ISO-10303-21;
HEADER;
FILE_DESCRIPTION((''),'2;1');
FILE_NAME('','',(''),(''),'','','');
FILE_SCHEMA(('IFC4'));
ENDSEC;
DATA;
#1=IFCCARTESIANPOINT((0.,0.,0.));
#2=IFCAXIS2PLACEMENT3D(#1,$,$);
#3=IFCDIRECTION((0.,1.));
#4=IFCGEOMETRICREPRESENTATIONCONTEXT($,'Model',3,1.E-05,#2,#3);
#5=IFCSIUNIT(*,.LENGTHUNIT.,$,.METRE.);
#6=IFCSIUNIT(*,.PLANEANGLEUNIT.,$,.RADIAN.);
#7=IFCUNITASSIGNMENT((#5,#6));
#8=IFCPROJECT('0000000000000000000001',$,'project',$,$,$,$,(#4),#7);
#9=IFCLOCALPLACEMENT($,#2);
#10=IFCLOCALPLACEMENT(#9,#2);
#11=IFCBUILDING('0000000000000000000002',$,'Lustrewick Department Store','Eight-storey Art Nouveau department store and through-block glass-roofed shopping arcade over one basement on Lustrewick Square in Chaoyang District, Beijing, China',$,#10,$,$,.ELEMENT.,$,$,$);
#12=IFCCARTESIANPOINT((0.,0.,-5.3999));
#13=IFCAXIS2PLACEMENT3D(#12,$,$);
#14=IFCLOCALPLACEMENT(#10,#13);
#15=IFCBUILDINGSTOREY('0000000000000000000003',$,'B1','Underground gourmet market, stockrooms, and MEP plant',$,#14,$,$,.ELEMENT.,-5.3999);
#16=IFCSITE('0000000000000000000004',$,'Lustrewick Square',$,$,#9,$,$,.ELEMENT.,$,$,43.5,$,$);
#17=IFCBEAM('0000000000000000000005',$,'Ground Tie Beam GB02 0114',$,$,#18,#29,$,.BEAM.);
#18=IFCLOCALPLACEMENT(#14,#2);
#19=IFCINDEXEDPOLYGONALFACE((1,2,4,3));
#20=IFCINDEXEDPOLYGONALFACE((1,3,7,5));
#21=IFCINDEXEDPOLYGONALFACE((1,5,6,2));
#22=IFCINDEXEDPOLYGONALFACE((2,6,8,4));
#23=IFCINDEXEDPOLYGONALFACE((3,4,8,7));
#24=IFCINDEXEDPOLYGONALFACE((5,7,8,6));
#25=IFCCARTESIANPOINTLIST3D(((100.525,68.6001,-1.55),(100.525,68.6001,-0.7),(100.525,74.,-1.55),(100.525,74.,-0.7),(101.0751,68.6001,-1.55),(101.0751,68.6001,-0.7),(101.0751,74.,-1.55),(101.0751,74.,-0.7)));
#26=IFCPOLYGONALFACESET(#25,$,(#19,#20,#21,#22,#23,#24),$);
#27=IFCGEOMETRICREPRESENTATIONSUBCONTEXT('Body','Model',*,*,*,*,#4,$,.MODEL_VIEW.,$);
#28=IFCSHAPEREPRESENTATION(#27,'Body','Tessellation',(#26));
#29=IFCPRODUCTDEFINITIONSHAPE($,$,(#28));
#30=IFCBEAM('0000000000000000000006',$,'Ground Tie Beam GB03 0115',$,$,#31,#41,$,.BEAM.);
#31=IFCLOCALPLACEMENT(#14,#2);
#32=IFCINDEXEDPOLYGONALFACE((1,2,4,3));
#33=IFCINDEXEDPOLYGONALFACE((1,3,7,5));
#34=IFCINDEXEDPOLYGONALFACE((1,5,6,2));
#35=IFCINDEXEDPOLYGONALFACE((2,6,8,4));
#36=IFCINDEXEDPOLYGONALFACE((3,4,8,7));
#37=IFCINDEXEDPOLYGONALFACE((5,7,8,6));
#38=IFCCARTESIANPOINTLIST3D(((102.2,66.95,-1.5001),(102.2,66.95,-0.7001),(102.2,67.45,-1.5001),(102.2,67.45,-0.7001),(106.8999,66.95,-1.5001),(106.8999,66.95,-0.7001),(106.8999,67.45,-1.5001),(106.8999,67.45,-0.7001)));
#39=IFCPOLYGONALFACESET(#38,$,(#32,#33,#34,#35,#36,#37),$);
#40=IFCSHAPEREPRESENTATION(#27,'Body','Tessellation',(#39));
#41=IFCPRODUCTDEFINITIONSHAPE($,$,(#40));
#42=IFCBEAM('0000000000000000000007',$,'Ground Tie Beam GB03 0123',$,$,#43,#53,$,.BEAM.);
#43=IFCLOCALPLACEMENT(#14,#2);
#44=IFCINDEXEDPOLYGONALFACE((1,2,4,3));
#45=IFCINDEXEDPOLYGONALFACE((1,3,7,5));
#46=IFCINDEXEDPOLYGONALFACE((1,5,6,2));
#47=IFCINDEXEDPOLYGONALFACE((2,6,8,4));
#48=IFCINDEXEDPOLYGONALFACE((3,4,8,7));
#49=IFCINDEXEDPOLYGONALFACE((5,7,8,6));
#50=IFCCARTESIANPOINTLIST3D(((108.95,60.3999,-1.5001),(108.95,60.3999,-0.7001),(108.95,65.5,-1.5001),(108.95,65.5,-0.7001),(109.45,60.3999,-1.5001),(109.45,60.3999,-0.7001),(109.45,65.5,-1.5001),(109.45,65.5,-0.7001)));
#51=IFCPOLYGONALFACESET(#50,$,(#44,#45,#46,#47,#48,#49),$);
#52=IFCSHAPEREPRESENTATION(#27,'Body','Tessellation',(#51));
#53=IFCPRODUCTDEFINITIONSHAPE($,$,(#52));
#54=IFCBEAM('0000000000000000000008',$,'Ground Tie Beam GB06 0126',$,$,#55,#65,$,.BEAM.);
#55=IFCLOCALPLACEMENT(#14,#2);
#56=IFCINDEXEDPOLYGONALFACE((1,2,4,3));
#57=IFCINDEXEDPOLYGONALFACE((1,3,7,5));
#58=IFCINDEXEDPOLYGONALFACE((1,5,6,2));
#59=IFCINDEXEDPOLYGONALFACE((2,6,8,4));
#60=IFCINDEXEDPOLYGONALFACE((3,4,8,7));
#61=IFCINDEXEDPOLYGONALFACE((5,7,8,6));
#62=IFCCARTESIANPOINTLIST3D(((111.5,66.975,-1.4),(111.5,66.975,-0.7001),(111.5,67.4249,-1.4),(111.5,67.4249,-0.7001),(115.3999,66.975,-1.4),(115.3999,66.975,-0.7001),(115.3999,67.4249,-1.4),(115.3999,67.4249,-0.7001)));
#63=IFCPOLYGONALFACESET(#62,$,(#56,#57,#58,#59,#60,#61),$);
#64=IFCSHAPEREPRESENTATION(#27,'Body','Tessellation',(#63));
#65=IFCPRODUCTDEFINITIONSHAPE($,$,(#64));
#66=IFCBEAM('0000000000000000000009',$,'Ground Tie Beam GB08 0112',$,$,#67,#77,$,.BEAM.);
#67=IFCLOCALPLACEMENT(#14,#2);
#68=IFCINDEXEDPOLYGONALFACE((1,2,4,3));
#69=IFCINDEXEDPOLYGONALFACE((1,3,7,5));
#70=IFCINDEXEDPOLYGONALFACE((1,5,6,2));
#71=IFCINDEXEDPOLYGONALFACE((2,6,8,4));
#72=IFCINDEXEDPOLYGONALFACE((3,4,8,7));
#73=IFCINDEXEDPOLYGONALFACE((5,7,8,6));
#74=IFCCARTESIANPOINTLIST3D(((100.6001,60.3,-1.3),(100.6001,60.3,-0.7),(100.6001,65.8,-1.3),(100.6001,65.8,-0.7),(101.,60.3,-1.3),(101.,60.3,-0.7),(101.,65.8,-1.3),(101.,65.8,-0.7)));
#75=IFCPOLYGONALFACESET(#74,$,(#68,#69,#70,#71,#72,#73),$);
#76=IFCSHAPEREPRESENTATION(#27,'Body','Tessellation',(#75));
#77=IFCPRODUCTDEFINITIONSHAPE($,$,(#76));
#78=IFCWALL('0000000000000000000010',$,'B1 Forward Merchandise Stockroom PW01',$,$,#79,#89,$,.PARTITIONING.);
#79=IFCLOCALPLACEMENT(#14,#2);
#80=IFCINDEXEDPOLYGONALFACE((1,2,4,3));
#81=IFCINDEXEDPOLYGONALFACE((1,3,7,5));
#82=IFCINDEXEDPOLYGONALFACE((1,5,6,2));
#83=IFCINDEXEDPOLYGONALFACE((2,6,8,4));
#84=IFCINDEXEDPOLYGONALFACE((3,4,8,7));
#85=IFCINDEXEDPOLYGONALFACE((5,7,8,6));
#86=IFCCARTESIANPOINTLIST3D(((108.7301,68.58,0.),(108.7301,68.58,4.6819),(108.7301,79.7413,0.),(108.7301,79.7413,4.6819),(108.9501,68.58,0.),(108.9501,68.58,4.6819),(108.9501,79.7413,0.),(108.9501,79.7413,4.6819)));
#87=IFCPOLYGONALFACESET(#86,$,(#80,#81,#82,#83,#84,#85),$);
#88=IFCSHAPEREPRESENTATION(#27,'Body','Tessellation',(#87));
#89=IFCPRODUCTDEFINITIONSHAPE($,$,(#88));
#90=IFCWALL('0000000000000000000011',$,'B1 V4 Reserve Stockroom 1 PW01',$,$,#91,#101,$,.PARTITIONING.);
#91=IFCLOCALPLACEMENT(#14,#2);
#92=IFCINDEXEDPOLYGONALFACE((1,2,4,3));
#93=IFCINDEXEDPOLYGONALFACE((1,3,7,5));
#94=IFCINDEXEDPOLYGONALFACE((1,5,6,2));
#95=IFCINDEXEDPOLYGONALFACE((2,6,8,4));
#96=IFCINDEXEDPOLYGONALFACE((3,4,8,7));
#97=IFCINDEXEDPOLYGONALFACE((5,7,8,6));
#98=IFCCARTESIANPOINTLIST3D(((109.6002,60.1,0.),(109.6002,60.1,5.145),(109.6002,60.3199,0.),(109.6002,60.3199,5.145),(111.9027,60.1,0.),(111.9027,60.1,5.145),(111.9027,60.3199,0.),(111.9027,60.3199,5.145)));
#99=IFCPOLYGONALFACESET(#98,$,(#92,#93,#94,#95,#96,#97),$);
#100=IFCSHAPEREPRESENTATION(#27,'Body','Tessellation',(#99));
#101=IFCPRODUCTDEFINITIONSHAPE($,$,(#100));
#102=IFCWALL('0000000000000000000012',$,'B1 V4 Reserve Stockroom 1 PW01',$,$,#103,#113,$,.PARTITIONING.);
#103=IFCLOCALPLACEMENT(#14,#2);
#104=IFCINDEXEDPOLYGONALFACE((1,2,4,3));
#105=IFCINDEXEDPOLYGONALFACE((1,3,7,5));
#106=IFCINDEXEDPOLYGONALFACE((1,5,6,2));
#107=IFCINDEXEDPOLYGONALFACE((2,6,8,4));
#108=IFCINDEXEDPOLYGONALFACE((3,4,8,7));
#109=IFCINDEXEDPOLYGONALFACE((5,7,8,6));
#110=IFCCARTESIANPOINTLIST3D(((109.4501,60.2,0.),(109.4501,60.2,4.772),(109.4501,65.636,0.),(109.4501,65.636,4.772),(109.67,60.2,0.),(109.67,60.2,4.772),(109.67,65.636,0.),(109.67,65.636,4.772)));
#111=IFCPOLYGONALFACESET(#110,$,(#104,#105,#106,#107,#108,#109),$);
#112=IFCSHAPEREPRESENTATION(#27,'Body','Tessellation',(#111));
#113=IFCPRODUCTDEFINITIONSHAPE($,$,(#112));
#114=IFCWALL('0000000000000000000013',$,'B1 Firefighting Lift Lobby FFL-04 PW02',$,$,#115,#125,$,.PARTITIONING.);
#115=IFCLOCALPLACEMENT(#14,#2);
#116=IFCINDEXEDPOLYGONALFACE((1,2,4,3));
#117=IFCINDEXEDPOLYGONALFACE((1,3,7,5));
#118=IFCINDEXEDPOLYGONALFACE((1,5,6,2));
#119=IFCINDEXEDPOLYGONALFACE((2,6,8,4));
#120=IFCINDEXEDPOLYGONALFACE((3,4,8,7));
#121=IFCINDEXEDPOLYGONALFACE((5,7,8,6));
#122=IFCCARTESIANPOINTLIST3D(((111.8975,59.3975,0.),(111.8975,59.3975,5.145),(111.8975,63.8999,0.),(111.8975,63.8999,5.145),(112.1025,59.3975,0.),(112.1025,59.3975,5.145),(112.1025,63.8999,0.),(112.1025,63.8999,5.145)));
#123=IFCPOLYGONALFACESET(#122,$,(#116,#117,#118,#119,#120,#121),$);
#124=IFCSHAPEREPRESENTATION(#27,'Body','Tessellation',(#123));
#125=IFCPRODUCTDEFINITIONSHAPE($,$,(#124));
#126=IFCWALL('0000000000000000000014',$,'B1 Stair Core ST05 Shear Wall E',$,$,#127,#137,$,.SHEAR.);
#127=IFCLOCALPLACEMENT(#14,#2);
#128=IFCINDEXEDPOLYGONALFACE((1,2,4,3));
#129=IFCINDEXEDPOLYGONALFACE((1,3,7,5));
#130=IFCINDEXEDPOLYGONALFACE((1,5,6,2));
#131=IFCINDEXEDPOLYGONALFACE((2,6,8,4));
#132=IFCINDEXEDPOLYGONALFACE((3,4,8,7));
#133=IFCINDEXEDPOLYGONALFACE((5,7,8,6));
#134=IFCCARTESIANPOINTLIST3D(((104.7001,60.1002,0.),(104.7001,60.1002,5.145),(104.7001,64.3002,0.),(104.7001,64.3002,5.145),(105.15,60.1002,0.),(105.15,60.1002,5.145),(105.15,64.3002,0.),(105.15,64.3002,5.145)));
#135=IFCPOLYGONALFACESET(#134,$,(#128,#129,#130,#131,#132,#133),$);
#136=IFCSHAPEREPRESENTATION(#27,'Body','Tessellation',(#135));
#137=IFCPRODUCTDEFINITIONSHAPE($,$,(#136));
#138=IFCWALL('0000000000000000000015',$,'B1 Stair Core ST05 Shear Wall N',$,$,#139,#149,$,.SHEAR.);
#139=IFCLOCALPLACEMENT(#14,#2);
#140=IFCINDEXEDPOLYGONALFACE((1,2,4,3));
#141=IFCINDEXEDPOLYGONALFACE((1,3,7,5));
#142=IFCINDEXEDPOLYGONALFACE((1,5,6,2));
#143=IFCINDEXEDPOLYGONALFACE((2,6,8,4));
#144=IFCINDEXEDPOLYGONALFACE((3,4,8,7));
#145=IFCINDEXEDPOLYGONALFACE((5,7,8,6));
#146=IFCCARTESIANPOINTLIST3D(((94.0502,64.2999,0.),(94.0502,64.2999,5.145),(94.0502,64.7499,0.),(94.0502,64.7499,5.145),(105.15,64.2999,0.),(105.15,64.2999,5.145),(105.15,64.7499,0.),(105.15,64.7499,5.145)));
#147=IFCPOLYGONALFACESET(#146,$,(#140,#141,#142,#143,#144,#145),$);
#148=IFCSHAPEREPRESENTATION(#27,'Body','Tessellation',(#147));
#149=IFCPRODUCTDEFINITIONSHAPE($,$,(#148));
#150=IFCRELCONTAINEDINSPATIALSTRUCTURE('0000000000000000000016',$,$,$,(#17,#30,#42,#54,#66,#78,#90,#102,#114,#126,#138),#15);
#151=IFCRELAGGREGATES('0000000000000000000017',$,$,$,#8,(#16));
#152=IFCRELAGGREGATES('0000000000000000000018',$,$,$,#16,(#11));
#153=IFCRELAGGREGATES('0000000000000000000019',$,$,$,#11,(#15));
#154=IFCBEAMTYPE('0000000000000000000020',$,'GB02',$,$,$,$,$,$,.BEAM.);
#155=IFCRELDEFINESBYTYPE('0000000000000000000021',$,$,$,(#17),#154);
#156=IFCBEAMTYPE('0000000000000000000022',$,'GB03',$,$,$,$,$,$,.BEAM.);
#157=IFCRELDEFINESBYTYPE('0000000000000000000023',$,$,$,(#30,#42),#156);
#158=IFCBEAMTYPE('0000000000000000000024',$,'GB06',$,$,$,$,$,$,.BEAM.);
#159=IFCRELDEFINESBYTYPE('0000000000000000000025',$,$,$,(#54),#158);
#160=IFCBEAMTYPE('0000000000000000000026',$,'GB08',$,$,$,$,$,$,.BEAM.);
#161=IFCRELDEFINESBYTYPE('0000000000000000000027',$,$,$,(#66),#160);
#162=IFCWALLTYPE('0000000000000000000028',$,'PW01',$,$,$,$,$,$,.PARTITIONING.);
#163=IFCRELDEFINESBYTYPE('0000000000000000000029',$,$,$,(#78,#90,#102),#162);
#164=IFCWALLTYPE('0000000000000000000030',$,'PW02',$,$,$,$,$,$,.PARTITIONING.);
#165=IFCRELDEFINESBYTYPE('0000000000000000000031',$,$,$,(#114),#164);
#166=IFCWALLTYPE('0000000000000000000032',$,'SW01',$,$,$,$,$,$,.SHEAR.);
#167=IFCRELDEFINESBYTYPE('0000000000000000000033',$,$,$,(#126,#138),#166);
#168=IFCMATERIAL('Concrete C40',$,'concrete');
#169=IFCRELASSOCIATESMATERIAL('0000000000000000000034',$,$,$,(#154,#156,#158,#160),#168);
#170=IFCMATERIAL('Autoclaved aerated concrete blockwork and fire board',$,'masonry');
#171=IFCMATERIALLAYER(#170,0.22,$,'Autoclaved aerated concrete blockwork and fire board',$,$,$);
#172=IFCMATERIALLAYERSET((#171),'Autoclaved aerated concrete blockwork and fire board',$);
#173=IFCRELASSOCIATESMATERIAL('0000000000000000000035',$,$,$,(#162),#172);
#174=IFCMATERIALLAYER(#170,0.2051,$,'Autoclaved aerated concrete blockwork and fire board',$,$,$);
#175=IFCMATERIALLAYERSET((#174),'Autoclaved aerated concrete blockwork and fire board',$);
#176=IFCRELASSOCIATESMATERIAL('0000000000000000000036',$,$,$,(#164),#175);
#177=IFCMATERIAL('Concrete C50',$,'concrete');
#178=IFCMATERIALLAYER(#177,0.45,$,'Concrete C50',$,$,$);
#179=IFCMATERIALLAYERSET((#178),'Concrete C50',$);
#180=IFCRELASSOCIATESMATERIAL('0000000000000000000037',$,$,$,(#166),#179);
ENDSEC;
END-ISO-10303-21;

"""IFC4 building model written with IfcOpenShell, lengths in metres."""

from ifc_helpers import new_model, si_unit, direction, frame, frame_2d, origin, origin_2d, place, context, subcontext, project, spatial, rectangle, extrude, material, layer, layer_set, material_profile, profile_set, type_object, element, save


model = new_model("IFC4")

# Units and contexts
model_context = context("Model", 3, precision=1e-05, world=origin(), true_north=direction((0.0, 1.0)))
body_context = subcontext(model_context, "Body", "Model", "MODEL_VIEW")
ifc_project = project(units=[si_unit("LENGTHUNIT", "METRE"), si_unit("PLANEANGLEUNIT", "RADIAN")], contexts=[model_context])

# Site, building, storey
site_placement = place(None, origin())
site = spatial("IfcSite", under=ifc_project, at=site_placement, Name="Lustrewick Square", CompositionType="ELEMENT", RefElevation=43.5)
building_placement = place(site_placement, origin())
building = spatial("IfcBuilding", under=site, at=building_placement, Name="Lustrewick Department Store", Description="Eight-storey Art Nouveau department store and through-block glass-roofed shopping arcade over one basement on Lustrewick Square in Chaoyang District, Beijing, China", CompositionType="ELEMENT")
storey_placement = place(building_placement, frame((0.0, 0.0, -5.3999)))
storey = spatial("IfcBuildingStorey", under=building, at=storey_placement, Name="B1", Description="Underground gourmet market, stockrooms, and MEP plant", CompositionType="ELEMENT", Elevation=-5.3999)

# Shared definitions
ifc_material_1 = material(Name="Concrete C40", Category="concrete")

# Shared definitions
ifc_material_2 = material(Name="Concrete C50", Category="concrete")

# Beams
ifc_material_profile_1 = material_profile(ifc_material_1, rectangle(XDim=0.55, YDim=0.8501, at=origin_2d()), Name="RC 550x850")
ifc_profile_set_1 = profile_set([ifc_material_profile_1], Name="Concrete C40")
beam_type_1 = type_object("IfcBeamType", Name="GB02", PredefinedType="BEAM", material=ifc_profile_set_1)
beam_1_placement = place(storey_placement, frame((100.8, 68.6001, -1.125), z_axis=(0.0, 1.0, 0.0), x_axis=(-1.0, 0.0, 0.0)))
element("IfcBeam", 1, at=beam_1_placement, inside=storey, type_object=beam_type_1, Name="Ground Tie Beam GB02 0114", PredefinedType="BEAM", context=body_context, shape_type="SweptSolid", body=[
    extrude(rectangle(XDim=0.55, YDim=0.8501, at=origin_2d()), origin(), (0.0, 0.0, 1.0), 5.3999),
])
ifc_material_profile_2 = material_profile(ifc_material_1, rectangle(XDim=0.5, YDim=0.8, at=origin_2d()), Name="RC 500x800")
ifc_profile_set_2 = profile_set([ifc_material_profile_2], Name="Concrete C40")
beam_type_2 = type_object("IfcBeamType", Name="GB03", PredefinedType="BEAM", material=ifc_profile_set_2)
beam_2_placement = place(storey_placement, frame((102.2, 67.2, -1.1001), z_axis=(1.0, 0.0, 0.0), x_axis=(0.0, 1.0, 0.0)))
element("IfcBeam", 2, at=beam_2_placement, inside=storey, type_object=beam_type_2, Name="Ground Tie Beam GB03 0115", PredefinedType="BEAM", context=body_context, shape_type="SweptSolid", body=[
    extrude(rectangle(XDim=0.5, YDim=0.8, at=origin_2d()), origin(), (0.0, 0.0, 1.0), 4.7),
])
beam_3_placement = place(storey_placement, frame((109.2, 60.3999, -1.1001), z_axis=(0.0, 1.0, 0.0), x_axis=(-1.0, 0.0, 0.0)))
element("IfcBeam", 3, at=beam_3_placement, inside=storey, type_object=beam_type_2, Name="Ground Tie Beam GB03 0123", PredefinedType="BEAM", context=body_context, shape_type="SweptSolid", body=[
    extrude(rectangle(XDim=0.5, YDim=0.8, at=origin_2d()), origin(), (0.0, 0.0, 1.0), 5.1001),
])
ifc_material_profile_3 = material_profile(ifc_material_1, rectangle(XDim=0.45, YDim=0.7, at=origin_2d()), Name="RC 450x700")
ifc_profile_set_3 = profile_set([ifc_material_profile_3], Name="Concrete C40")
beam_type_3 = type_object("IfcBeamType", Name="GB06", PredefinedType="BEAM", material=ifc_profile_set_3)
beam_4_placement = place(storey_placement, frame((111.5, 67.2, -1.05), z_axis=(1.0, 0.0, 0.0), x_axis=(0.0, 1.0, 0.0)))
element("IfcBeam", 4, at=beam_4_placement, inside=storey, type_object=beam_type_3, Name="Ground Tie Beam GB06 0126", PredefinedType="BEAM", context=body_context, shape_type="SweptSolid", body=[
    extrude(rectangle(XDim=0.45, YDim=0.7, at=origin_2d()), origin(), (0.0, 0.0, 1.0), 3.8999),
])
ifc_material_profile_4 = material_profile(ifc_material_1, rectangle(XDim=0.3999, YDim=0.6001, at=origin_2d()), Name="RC 400x600")
ifc_profile_set_4 = profile_set([ifc_material_profile_4], Name="Concrete C40")
beam_type_4 = type_object("IfcBeamType", Name="GB08", PredefinedType="BEAM", material=ifc_profile_set_4)
beam_5_placement = place(storey_placement, frame((100.8, 60.3, -1.0), z_axis=(0.0, 1.0, 0.0), x_axis=(-1.0, 0.0, 0.0)))
element("IfcBeam", 5, at=beam_5_placement, inside=storey, type_object=beam_type_4, Name="Ground Tie Beam GB08 0112", PredefinedType="BEAM", context=body_context, shape_type="SweptSolid", body=[
    extrude(rectangle(XDim=0.3999, YDim=0.6001, at=origin_2d()), origin(), (0.0, 0.0, 1.0), 5.5),
])

# Walls
ifc_material_3 = material(Name="Autoclaved aerated concrete blockwork and fire board", Category="masonry")
ifc_layer_1 = layer(ifc_material_3, 0.22, Name="Autoclaved aerated concrete blockwork and fire board")
ifc_layer_set_1 = layer_set([ifc_layer_1], Name="Autoclaved aerated concrete blockwork and fire board")
wall_type_1 = type_object("IfcWallType", Name="PW01", PredefinedType="PARTITIONING", material=ifc_layer_set_1)
wall_1_placement = place(storey_placement, frame((108.8401, 68.5801, 0.0), z_axis=(0.0, 0.0, 1.0), x_axis=(0.0, 1.0, 0.0)))
element("IfcWall", 6, at=wall_1_placement, inside=storey, type_object=wall_type_1, Name="B1 Forward Merchandise Stockroom PW01", PredefinedType="PARTITIONING", context=body_context, shape_type="SweptSolid", body=[
    extrude(rectangle(XDim=11.1614, YDim=0.22, at=frame_2d((5.5806, 0.0))), origin(), (0.0, 0.0, 1.0), 4.6819),
])
wall_2_placement = place(storey_placement, frame((109.6001, 60.21, 0.0), z_axis=(0.0, 0.0, 1.0), x_axis=(1.0, 0.0, 0.0)))
element("IfcWall", 7, at=wall_2_placement, inside=storey, type_object=wall_type_1, Name="B1 V4 Reserve Stockroom 1 PW01", PredefinedType="PARTITIONING", context=body_context, shape_type="SweptSolid", body=[
    extrude(rectangle(XDim=2.3025, YDim=0.22, at=frame_2d((1.1514, 0.0))), origin(), (0.0, 0.0, 1.0), 5.145),
])
wall_3_placement = place(storey_placement, frame((109.5601, 65.636, 0.0), z_axis=(0.0, 0.0, 1.0), x_axis=(0.0, -1.0, 0.0)))
element("IfcWall", 8, at=wall_3_placement, inside=storey, type_object=wall_type_1, Name="B1 V4 Reserve Stockroom 1 PW01", PredefinedType="PARTITIONING", context=body_context, shape_type="SweptSolid", body=[
    extrude(rectangle(XDim=5.436, YDim=0.22, at=frame_2d((2.718, 0.0))), origin(), (0.0, 0.0, 1.0), 4.772),
])

# Shared definitions
ifc_layer_2 = layer(ifc_material_3, 0.2051, Name="Autoclaved aerated concrete blockwork and fire board")
ifc_layer_set_2 = layer_set([ifc_layer_2], Name="Autoclaved aerated concrete blockwork and fire board")
wall_type_2 = type_object("IfcWallType", Name="PW02", PredefinedType="PARTITIONING", material=ifc_layer_set_2)

# Walls
wall_4_placement = place(storey_placement, frame((112.0, 63.8999, 0.0), z_axis=(0.0, 0.0, 1.0), x_axis=(0.0, -1.0, 0.0)))
element("IfcWall", 9, at=wall_4_placement, inside=storey, type_object=wall_type_2, Name="B1 Firefighting Lift Lobby FFL-04 PW02", PredefinedType="PARTITIONING", context=body_context, shape_type="SweptSolid", body=[
    extrude(rectangle(XDim=4.5024, YDim=0.2051, at=frame_2d((2.2512, 0.0))), origin(), (0.0, 0.0, 1.0), 5.145),
])
ifc_layer_3 = layer(ifc_material_2, 0.45, Name="Concrete C50")
ifc_layer_set_3 = layer_set([ifc_layer_3], Name="Concrete C50")
wall_type_3 = type_object("IfcWallType", Name="SW01", PredefinedType="SHEAR", material=ifc_layer_set_3)
wall_5_placement = place(storey_placement, frame((104.925, 60.1001, 0.0), z_axis=(0.0, 0.0, 1.0), x_axis=(0.0, 1.0, 0.0)))
element("IfcWall", 10, at=wall_5_placement, inside=storey, type_object=wall_type_3, Name="B1 Stair Core ST05 Shear Wall E", PredefinedType="SHEAR", context=body_context, shape_type="SweptSolid", body=[
    extrude(rectangle(XDim=4.2, YDim=0.45, at=frame_2d((2.1001, 0.0))), origin(), (0.0, 0.0, 1.0), 5.145),
])
wall_6_placement = place(storey_placement, frame((105.1499, 64.5249, 0.0), z_axis=(0.0, 0.0, 1.0), x_axis=(-1.0, 0.0, 0.0)))
element("IfcWall", 11, at=wall_6_placement, inside=storey, type_object=wall_type_3, Name="B1 Stair Core ST05 Shear Wall N", PredefinedType="SHEAR", context=body_context, shape_type="SweptSolid", body=[
    extrude(rectangle(XDim=11.0999, YDim=0.45, at=frame_2d((5.5498, 0.0))), origin(), (0.0, 0.0, 1.0), 5.145),
])

save(model, "model.ifc")
